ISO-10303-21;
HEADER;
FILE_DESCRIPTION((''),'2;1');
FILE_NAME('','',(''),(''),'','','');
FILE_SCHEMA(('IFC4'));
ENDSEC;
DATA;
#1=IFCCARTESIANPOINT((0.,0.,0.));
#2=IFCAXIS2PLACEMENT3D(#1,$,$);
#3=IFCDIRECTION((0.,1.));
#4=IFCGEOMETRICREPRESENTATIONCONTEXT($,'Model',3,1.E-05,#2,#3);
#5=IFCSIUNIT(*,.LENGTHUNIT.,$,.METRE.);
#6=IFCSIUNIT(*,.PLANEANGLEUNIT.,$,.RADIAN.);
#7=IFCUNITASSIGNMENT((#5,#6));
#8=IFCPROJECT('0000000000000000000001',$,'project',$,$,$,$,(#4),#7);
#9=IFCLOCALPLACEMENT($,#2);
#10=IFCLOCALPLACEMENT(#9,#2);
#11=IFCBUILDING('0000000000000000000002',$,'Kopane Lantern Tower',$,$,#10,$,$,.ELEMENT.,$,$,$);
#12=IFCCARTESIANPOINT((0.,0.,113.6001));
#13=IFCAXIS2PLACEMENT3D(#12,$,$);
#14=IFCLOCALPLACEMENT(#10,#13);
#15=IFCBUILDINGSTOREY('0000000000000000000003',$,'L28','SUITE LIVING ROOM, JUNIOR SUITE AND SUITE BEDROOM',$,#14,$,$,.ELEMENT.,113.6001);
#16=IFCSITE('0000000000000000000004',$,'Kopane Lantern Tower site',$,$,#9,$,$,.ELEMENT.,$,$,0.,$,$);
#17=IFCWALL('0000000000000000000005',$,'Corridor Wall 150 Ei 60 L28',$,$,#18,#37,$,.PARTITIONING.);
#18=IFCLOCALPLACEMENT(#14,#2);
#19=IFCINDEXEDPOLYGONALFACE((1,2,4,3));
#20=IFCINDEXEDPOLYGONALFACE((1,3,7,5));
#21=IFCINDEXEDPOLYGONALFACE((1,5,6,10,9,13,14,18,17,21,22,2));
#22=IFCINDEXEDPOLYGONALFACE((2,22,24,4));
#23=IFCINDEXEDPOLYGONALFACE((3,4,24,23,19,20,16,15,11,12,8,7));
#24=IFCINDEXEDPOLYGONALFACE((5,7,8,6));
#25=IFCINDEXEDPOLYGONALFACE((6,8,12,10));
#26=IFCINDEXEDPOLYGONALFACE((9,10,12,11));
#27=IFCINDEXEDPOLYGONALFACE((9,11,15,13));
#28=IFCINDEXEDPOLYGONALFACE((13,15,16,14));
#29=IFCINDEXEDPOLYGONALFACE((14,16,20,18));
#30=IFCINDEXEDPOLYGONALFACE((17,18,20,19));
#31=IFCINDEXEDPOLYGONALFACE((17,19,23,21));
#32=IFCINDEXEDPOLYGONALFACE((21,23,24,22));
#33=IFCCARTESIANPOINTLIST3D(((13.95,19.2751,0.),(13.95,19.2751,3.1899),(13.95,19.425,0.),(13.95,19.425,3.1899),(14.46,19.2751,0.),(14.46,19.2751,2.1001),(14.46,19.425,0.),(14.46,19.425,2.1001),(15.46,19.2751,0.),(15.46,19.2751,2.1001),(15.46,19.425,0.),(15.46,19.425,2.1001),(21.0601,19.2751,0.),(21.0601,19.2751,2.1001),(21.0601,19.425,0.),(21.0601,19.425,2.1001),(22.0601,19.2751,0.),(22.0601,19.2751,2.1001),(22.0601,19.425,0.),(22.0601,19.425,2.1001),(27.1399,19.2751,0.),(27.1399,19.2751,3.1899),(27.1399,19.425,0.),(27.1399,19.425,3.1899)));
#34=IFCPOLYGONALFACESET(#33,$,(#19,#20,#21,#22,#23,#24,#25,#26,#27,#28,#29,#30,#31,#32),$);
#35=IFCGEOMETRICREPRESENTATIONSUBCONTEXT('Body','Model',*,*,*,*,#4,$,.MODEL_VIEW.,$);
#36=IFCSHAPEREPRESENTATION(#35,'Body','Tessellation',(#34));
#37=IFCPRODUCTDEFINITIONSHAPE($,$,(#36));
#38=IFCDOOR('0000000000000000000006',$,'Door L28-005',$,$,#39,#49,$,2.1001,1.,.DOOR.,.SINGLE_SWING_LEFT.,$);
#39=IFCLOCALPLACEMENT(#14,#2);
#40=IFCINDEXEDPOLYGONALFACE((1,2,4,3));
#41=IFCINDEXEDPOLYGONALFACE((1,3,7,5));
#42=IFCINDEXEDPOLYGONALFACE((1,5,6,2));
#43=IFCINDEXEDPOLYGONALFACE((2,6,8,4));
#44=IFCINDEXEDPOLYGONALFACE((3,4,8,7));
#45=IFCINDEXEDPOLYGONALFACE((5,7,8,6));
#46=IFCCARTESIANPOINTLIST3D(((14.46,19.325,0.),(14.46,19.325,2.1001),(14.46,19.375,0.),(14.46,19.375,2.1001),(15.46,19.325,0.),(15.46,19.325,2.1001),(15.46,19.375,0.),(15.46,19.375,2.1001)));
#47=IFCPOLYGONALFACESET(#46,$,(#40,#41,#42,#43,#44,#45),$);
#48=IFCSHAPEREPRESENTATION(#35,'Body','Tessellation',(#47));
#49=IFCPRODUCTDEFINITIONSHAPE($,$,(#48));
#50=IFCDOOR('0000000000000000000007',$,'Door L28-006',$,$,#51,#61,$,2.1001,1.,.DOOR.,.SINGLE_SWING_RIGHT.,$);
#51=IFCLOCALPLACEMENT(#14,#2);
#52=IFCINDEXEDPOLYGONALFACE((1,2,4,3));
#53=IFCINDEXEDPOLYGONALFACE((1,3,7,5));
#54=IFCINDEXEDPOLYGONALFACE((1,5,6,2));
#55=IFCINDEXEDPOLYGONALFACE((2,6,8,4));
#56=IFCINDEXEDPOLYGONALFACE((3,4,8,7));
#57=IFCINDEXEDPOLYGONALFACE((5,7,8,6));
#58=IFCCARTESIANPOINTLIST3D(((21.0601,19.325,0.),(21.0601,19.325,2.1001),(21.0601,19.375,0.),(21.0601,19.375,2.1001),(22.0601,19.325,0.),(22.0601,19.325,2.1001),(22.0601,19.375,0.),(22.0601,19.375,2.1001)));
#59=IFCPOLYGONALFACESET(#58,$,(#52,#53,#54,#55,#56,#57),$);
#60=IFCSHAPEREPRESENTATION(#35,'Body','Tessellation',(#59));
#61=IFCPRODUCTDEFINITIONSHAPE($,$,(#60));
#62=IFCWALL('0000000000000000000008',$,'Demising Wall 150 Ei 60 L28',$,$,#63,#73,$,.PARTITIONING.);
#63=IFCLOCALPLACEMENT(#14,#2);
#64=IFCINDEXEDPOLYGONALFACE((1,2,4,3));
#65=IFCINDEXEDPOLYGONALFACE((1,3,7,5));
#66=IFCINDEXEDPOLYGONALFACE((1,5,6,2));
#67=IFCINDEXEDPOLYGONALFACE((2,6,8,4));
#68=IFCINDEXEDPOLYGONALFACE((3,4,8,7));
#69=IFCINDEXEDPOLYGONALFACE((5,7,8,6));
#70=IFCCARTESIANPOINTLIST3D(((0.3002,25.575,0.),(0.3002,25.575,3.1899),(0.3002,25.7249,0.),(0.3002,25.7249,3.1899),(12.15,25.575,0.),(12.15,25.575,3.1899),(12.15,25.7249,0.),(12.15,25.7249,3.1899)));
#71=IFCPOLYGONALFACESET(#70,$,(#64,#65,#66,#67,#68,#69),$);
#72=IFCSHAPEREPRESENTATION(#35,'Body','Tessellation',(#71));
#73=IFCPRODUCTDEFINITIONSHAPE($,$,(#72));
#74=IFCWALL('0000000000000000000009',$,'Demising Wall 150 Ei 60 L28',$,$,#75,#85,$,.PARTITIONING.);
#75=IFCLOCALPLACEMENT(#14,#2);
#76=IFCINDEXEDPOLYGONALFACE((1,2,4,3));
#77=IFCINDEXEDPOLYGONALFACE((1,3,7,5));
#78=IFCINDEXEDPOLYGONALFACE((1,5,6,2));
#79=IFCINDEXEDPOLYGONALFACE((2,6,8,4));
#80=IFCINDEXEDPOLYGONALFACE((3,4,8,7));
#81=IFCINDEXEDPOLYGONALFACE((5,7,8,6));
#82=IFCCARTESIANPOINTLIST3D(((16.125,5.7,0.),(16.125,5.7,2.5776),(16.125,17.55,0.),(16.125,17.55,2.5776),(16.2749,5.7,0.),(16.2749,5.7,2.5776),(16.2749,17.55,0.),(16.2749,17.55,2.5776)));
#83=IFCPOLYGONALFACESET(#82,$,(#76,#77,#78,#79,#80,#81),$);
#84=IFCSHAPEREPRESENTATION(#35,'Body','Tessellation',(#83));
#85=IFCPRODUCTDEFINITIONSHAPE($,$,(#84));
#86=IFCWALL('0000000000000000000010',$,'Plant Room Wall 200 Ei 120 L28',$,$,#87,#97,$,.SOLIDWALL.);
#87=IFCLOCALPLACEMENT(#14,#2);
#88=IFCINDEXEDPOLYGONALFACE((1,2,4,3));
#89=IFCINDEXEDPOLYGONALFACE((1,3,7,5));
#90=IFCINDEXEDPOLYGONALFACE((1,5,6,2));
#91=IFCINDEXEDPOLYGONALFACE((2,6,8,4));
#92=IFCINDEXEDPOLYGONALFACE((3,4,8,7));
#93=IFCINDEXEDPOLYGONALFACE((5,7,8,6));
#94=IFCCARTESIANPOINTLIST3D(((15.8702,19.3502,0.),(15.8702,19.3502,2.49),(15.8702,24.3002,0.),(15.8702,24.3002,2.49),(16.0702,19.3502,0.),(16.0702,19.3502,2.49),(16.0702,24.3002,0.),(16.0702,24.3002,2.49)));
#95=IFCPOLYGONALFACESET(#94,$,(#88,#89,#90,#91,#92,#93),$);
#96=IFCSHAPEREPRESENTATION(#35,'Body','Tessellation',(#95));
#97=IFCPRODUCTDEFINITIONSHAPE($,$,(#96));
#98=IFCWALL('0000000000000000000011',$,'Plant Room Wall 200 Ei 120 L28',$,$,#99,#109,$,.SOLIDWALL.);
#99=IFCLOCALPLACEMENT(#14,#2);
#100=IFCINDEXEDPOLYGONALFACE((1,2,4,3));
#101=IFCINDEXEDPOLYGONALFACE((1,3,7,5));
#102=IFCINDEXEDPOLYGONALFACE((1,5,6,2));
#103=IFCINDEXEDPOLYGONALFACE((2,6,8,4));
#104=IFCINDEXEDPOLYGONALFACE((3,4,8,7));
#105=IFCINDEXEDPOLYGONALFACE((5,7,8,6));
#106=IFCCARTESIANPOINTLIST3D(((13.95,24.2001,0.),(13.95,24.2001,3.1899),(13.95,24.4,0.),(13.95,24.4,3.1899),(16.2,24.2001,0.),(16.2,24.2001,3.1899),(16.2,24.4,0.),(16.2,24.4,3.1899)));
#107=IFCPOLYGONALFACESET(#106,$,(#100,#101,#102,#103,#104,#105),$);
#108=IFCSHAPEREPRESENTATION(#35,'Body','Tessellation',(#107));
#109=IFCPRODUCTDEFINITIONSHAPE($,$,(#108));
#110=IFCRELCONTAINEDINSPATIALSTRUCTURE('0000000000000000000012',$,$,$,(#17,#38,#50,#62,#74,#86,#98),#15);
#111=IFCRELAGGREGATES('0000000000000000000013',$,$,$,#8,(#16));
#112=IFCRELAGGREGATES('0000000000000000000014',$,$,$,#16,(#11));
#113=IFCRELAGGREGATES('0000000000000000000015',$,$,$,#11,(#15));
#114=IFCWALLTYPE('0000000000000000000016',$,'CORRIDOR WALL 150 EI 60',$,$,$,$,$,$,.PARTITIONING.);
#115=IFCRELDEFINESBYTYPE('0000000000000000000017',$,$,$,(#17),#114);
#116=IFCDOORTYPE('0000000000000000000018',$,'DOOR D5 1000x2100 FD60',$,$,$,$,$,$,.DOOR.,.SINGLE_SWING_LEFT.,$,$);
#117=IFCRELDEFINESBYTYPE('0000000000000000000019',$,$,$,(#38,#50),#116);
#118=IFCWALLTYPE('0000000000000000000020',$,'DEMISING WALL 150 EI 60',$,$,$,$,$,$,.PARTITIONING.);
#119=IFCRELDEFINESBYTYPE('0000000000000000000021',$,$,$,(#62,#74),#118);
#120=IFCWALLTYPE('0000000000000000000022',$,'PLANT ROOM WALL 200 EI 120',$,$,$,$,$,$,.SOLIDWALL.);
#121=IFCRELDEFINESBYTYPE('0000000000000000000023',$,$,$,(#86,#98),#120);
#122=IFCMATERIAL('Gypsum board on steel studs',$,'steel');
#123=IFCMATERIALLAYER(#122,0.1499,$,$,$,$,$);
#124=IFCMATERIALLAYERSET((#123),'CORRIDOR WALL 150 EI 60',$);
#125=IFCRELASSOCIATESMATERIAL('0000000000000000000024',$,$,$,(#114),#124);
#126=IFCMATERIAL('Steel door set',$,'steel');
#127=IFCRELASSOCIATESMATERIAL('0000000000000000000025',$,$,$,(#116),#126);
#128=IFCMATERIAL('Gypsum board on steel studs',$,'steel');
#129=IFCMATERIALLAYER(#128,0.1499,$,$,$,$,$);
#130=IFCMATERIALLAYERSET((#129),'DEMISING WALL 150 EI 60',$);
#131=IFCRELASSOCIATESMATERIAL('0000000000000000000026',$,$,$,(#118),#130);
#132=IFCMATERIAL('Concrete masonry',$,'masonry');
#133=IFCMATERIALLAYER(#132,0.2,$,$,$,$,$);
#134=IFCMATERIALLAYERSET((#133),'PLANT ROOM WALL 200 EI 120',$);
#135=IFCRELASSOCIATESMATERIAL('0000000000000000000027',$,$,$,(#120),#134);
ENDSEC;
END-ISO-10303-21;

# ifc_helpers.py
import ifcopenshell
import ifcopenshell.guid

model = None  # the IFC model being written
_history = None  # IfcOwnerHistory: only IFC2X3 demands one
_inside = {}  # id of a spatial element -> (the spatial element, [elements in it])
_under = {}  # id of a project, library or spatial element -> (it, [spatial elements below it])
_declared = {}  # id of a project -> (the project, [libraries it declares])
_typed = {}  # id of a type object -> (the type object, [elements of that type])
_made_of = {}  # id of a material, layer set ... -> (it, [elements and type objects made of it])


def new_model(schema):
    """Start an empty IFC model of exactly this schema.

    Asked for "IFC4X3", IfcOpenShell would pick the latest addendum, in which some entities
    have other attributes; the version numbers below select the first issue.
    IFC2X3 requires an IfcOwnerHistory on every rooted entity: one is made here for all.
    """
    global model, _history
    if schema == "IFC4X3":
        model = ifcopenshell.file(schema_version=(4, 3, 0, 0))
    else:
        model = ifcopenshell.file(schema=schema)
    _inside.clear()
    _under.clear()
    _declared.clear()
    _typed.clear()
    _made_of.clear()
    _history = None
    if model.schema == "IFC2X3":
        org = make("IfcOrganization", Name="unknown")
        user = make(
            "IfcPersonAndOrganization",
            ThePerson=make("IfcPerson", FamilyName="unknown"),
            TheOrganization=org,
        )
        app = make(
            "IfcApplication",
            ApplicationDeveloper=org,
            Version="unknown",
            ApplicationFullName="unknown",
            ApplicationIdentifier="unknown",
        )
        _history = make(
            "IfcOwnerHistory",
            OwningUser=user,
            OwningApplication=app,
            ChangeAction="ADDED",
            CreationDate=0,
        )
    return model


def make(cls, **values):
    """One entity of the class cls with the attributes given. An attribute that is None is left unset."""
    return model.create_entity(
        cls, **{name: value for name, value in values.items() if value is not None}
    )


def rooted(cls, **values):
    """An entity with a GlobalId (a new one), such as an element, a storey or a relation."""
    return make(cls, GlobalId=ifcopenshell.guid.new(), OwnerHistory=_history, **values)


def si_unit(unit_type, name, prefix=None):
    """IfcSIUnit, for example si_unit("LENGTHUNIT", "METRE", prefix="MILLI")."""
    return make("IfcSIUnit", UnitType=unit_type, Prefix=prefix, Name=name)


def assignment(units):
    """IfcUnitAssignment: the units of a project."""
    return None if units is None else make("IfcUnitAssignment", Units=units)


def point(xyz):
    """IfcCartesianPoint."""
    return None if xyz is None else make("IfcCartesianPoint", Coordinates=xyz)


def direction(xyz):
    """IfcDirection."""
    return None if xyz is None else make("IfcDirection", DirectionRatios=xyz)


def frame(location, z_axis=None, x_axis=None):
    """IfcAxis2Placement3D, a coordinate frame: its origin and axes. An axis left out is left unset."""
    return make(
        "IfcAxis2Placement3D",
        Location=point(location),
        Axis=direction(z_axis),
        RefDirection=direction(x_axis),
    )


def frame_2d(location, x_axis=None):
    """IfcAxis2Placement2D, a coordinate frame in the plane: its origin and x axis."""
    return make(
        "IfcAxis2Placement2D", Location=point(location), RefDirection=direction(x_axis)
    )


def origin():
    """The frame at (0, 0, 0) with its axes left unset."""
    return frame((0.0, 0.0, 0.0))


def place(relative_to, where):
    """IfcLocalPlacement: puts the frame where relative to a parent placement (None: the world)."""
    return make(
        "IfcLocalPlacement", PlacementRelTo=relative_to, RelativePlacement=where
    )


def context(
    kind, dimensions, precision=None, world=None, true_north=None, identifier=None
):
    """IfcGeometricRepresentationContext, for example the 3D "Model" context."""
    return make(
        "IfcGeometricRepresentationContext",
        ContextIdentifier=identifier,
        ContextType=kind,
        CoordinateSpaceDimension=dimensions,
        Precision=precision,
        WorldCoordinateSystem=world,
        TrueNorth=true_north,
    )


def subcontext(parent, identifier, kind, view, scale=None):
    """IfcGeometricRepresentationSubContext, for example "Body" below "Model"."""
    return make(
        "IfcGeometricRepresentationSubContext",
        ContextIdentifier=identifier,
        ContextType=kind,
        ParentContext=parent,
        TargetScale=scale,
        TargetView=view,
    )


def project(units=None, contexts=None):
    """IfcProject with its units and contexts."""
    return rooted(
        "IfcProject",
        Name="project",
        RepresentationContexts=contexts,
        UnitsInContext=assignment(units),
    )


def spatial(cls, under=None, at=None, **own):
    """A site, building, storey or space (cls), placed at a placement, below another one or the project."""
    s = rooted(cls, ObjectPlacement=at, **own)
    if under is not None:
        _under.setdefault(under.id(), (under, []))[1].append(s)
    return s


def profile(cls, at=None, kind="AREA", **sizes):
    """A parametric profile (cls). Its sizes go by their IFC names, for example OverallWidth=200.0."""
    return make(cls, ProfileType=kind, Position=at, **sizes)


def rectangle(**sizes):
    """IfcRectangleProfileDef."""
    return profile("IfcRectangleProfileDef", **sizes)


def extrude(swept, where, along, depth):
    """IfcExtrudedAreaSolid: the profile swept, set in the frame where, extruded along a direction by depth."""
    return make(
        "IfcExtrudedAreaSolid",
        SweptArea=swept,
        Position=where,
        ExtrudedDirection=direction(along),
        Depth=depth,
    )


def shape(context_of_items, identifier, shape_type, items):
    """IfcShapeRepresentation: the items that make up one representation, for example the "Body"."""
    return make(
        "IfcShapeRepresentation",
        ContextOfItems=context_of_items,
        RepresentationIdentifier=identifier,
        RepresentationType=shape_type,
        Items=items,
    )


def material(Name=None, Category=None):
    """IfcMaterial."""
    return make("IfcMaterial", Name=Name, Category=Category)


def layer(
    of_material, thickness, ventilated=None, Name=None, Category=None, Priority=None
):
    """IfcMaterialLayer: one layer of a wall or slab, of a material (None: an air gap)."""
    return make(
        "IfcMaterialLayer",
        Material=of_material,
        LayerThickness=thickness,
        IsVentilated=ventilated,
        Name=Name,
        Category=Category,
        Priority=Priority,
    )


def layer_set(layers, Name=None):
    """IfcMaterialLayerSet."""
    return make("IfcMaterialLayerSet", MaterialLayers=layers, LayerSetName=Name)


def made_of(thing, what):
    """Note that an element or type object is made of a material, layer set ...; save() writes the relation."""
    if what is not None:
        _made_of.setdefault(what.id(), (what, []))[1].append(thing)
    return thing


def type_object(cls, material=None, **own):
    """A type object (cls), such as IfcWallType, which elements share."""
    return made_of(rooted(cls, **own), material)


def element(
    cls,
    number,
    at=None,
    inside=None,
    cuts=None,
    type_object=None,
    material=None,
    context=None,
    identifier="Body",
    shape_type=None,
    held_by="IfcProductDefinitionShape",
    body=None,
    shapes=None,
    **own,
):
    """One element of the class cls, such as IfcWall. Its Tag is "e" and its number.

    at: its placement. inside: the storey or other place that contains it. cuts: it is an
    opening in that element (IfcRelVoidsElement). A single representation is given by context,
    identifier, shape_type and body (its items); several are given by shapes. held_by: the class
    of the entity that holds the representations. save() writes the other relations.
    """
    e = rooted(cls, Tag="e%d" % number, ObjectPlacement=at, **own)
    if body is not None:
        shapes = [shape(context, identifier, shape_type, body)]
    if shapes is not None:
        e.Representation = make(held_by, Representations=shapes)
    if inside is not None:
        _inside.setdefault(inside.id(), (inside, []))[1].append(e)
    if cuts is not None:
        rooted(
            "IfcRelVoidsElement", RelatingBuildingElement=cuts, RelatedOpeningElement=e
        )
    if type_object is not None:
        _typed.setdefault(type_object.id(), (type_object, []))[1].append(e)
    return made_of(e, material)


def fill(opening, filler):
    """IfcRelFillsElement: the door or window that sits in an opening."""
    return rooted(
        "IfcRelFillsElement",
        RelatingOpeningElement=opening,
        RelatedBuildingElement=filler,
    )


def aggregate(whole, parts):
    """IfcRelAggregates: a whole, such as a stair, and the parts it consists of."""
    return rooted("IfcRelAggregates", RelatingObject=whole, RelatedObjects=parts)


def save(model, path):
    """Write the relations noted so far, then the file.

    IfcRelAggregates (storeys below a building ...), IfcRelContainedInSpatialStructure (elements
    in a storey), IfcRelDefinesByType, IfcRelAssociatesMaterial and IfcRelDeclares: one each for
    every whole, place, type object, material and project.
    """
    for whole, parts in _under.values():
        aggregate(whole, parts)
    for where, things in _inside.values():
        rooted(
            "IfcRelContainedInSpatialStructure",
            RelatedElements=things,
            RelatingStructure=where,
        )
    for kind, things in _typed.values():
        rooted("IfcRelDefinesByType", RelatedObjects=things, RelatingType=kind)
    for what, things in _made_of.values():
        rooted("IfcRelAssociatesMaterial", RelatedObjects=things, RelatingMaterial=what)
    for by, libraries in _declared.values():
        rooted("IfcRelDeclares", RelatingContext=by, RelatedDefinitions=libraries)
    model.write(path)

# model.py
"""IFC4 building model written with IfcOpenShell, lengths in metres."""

from ifc_helpers import new_model, si_unit, direction, frame, frame_2d, origin, place, context, subcontext, project, spatial, rectangle, extrude, material, layer, layer_set, type_object, element, fill, save


model = new_model("IFC4")

# Units and contexts
model_context = context("Model", 3, precision=1e-05, world=origin(), true_north=direction((0.0, 1.0)))
body_context = subcontext(model_context, "Body", "Model", "MODEL_VIEW")
ifc_project = project(units=[si_unit("LENGTHUNIT", "METRE"), si_unit("PLANEANGLEUNIT", "RADIAN")], contexts=[model_context])

# Site, building, storey
site_placement = place(None, origin())
site = spatial("IfcSite", under=ifc_project, at=site_placement, Name="Kopane Lantern Tower site", CompositionType="ELEMENT", RefElevation=0.0)
building_placement = place(site_placement, origin())
building = spatial("IfcBuilding", under=site, at=building_placement, Name="Kopane Lantern Tower", CompositionType="ELEMENT")
storey_placement = place(building_placement, frame((0.0, 0.0, 113.6001)))
storey = spatial("IfcBuildingStorey", under=building, at=storey_placement, Name="L28", Description="SUITE LIVING ROOM, JUNIOR SUITE AND SUITE BEDROOM", CompositionType="ELEMENT", Elevation=113.6001)

# Wall, openings, doors
ifc_material_1 = material(Name="Gypsum board on steel studs", Category="steel")
ifc_layer_1 = layer(ifc_material_1, 0.1499)
ifc_layer_set_1 = layer_set([ifc_layer_1], Name="CORRIDOR WALL 150 EI 60")
wall_type_1 = type_object("IfcWallType", Name="CORRIDOR WALL 150 EI 60", PredefinedType="PARTITIONING", material=ifc_layer_set_1)
wall_1_placement = place(storey_placement, frame((13.95, 19.3501, 0.0), z_axis=(0.0, 0.0, 1.0), x_axis=(1.0, 0.0, 0.0)))
wall_1 = element("IfcWall", 1, at=wall_1_placement, inside=storey, type_object=wall_type_1, Name="Corridor Wall 150 Ei 60 L28", PredefinedType="PARTITIONING", context=body_context, shape_type="SweptSolid", body=[
    extrude(rectangle(XDim=13.1899, YDim=0.1499, at=frame_2d((6.595, 0.0))), origin(), (0.0, 0.0, 1.0), 3.1899),
])
opening_1_placement = place(wall_1_placement, frame((0.51, 0.0, 0.0)))
opening_1 = element("IfcOpeningElement", 2, at=opening_1_placement, cuts=wall_1, PredefinedType="OPENING", context=body_context, shape_type="SweptSolid", body=[
    extrude(rectangle(XDim=1.0, YDim=2.1001, at=frame_2d((0.5, 1.05))), frame((0.0, 0.085, 0.0), z_axis=(0.0, -1.0, 0.0), x_axis=(1.0, 0.0, 0.0)), (0.0, 0.0, 1.0), 0.1699),
])
opening_2_placement = place(wall_1_placement, frame((7.1101, 0.0, 0.0)))
opening_2 = element("IfcOpeningElement", 3, at=opening_2_placement, cuts=wall_1, PredefinedType="OPENING", context=body_context, shape_type="SweptSolid", body=[
    extrude(rectangle(XDim=1.0, YDim=2.1001, at=frame_2d((0.5, 1.05))), frame((0.0, 0.085, 0.0), z_axis=(0.0, -1.0, 0.0), x_axis=(1.0, 0.0, 0.0)), (0.0, 0.0, 1.0), 0.1699),
])
ifc_material_2 = material(Name="Steel door set", Category="steel")
door_type_1 = type_object("IfcDoorType", Name="DOOR D5 1000x2100 FD60", OperationType="SINGLE_SWING_LEFT", PredefinedType="DOOR", material=ifc_material_2)
door_1_placement = place(opening_1_placement, origin())
door_1 = element("IfcDoor", 4, at=door_1_placement, inside=storey, type_object=door_type_1, Name="Door L28-005", OperationType="SINGLE_SWING_LEFT", OverallHeight=2.1001, OverallWidth=1.0, PredefinedType="DOOR", context=body_context, shape_type="SweptSolid", body=[
    extrude(rectangle(XDim=1.0, YDim=2.1001, at=frame_2d((0.5, 1.05))), frame((0.0, 0.0249, 0.0), z_axis=(0.0, -1.0, 0.0), x_axis=(1.0, 0.0, 0.0)), (0.0, 0.0, 1.0), 0.05),
])
fill(opening_1, door_1)
door_2_placement = place(opening_2_placement, origin())
door_2 = element("IfcDoor", 5, at=door_2_placement, inside=storey, type_object=door_type_1, Name="Door L28-006", OperationType="SINGLE_SWING_RIGHT", OverallHeight=2.1001, OverallWidth=1.0, PredefinedType="DOOR", context=body_context, shape_type="SweptSolid", body=[
    extrude(rectangle(XDim=1.0, YDim=2.1001, at=frame_2d((0.5, 1.05))), frame((0.0, 0.0249, 0.0), z_axis=(0.0, -1.0, 0.0), x_axis=(1.0, 0.0, 0.0)), (0.0, 0.0, 1.0), 0.05),
])
fill(opening_2, door_2)

# Walls
ifc_material_3 = material(Name="Gypsum board on steel studs", Category="steel")
ifc_layer_2 = layer(ifc_material_3, 0.1499)
ifc_layer_set_2 = layer_set([ifc_layer_2], Name="DEMISING WALL 150 EI 60")
wall_type_2 = type_object("IfcWallType", Name="DEMISING WALL 150 EI 60", PredefinedType="PARTITIONING", material=ifc_layer_set_2)
wall_2_placement = place(storey_placement, frame((12.1499, 25.6499, 0.0), z_axis=(0.0, 0.0, 1.0), x_axis=(-1.0, 0.0, 0.0)))
element("IfcWall", 6, at=wall_2_placement, inside=storey, type_object=wall_type_2, Name="Demising Wall 150 Ei 60 L28", PredefinedType="PARTITIONING", context=body_context, shape_type="SweptSolid", body=[
    extrude(rectangle(XDim=11.8499, YDim=0.1499, at=frame_2d((5.9248, 0.0))), origin(), (0.0, 0.0, 1.0), 3.1899),
])
wall_3_placement = place(storey_placement, frame((16.2, 17.55, 0.0), z_axis=(0.0, 0.0, 1.0), x_axis=(0.0, -1.0, 0.0)))
element("IfcWall", 7, at=wall_3_placement, inside=storey, type_object=wall_type_2, Name="Demising Wall 150 Ei 60 L28", PredefinedType="PARTITIONING", context=body_context, shape_type="SweptSolid", body=[
    extrude(rectangle(XDim=11.8501, YDim=0.1499, at=frame_2d((5.925, 0.0))), origin(), (0.0, 0.0, 1.0), 2.5776),
])
ifc_material_4 = material(Name="Concrete masonry", Category="masonry")
ifc_layer_3 = layer(ifc_material_4, 0.2)
ifc_layer_set_3 = layer_set([ifc_layer_3], Name="PLANT ROOM WALL 200 EI 120")
wall_type_3 = type_object("IfcWallType", Name="PLANT ROOM WALL 200 EI 120", PredefinedType="SOLIDWALL", material=ifc_layer_set_3)
wall_4_placement = place(storey_placement, frame((15.9702, 19.3501, 0.0), z_axis=(0.0, 0.0, 1.0), x_axis=(0.0, 1.0, 0.0)))
element("IfcWall", 8, at=wall_4_placement, inside=storey, type_object=wall_type_3, Name="Plant Room Wall 200 Ei 120 L28", PredefinedType="SOLIDWALL", context=body_context, shape_type="SweptSolid", body=[
    extrude(rectangle(XDim=4.95, YDim=0.2, at=frame_2d((2.4751, 0.0))), origin(), (0.0, 0.0, 1.0), 2.49),
])
wall_5_placement = place(storey_placement, frame((13.95, 24.3, 0.0), z_axis=(0.0, 0.0, 1.0), x_axis=(1.0, 0.0, 0.0)))
element("IfcWall", 9, at=wall_5_placement, inside=storey, type_object=wall_type_3, Name="Plant Room Wall 200 Ei 120 L28", PredefinedType="SOLIDWALL", context=body_context, shape_type="SweptSolid", body=[
    extrude(rectangle(XDim=2.25, YDim=0.2, at=frame_2d((1.125, 0.0))), origin(), (0.0, 0.0, 1.0), 3.1899),
])

save(model, "model.ifc")
